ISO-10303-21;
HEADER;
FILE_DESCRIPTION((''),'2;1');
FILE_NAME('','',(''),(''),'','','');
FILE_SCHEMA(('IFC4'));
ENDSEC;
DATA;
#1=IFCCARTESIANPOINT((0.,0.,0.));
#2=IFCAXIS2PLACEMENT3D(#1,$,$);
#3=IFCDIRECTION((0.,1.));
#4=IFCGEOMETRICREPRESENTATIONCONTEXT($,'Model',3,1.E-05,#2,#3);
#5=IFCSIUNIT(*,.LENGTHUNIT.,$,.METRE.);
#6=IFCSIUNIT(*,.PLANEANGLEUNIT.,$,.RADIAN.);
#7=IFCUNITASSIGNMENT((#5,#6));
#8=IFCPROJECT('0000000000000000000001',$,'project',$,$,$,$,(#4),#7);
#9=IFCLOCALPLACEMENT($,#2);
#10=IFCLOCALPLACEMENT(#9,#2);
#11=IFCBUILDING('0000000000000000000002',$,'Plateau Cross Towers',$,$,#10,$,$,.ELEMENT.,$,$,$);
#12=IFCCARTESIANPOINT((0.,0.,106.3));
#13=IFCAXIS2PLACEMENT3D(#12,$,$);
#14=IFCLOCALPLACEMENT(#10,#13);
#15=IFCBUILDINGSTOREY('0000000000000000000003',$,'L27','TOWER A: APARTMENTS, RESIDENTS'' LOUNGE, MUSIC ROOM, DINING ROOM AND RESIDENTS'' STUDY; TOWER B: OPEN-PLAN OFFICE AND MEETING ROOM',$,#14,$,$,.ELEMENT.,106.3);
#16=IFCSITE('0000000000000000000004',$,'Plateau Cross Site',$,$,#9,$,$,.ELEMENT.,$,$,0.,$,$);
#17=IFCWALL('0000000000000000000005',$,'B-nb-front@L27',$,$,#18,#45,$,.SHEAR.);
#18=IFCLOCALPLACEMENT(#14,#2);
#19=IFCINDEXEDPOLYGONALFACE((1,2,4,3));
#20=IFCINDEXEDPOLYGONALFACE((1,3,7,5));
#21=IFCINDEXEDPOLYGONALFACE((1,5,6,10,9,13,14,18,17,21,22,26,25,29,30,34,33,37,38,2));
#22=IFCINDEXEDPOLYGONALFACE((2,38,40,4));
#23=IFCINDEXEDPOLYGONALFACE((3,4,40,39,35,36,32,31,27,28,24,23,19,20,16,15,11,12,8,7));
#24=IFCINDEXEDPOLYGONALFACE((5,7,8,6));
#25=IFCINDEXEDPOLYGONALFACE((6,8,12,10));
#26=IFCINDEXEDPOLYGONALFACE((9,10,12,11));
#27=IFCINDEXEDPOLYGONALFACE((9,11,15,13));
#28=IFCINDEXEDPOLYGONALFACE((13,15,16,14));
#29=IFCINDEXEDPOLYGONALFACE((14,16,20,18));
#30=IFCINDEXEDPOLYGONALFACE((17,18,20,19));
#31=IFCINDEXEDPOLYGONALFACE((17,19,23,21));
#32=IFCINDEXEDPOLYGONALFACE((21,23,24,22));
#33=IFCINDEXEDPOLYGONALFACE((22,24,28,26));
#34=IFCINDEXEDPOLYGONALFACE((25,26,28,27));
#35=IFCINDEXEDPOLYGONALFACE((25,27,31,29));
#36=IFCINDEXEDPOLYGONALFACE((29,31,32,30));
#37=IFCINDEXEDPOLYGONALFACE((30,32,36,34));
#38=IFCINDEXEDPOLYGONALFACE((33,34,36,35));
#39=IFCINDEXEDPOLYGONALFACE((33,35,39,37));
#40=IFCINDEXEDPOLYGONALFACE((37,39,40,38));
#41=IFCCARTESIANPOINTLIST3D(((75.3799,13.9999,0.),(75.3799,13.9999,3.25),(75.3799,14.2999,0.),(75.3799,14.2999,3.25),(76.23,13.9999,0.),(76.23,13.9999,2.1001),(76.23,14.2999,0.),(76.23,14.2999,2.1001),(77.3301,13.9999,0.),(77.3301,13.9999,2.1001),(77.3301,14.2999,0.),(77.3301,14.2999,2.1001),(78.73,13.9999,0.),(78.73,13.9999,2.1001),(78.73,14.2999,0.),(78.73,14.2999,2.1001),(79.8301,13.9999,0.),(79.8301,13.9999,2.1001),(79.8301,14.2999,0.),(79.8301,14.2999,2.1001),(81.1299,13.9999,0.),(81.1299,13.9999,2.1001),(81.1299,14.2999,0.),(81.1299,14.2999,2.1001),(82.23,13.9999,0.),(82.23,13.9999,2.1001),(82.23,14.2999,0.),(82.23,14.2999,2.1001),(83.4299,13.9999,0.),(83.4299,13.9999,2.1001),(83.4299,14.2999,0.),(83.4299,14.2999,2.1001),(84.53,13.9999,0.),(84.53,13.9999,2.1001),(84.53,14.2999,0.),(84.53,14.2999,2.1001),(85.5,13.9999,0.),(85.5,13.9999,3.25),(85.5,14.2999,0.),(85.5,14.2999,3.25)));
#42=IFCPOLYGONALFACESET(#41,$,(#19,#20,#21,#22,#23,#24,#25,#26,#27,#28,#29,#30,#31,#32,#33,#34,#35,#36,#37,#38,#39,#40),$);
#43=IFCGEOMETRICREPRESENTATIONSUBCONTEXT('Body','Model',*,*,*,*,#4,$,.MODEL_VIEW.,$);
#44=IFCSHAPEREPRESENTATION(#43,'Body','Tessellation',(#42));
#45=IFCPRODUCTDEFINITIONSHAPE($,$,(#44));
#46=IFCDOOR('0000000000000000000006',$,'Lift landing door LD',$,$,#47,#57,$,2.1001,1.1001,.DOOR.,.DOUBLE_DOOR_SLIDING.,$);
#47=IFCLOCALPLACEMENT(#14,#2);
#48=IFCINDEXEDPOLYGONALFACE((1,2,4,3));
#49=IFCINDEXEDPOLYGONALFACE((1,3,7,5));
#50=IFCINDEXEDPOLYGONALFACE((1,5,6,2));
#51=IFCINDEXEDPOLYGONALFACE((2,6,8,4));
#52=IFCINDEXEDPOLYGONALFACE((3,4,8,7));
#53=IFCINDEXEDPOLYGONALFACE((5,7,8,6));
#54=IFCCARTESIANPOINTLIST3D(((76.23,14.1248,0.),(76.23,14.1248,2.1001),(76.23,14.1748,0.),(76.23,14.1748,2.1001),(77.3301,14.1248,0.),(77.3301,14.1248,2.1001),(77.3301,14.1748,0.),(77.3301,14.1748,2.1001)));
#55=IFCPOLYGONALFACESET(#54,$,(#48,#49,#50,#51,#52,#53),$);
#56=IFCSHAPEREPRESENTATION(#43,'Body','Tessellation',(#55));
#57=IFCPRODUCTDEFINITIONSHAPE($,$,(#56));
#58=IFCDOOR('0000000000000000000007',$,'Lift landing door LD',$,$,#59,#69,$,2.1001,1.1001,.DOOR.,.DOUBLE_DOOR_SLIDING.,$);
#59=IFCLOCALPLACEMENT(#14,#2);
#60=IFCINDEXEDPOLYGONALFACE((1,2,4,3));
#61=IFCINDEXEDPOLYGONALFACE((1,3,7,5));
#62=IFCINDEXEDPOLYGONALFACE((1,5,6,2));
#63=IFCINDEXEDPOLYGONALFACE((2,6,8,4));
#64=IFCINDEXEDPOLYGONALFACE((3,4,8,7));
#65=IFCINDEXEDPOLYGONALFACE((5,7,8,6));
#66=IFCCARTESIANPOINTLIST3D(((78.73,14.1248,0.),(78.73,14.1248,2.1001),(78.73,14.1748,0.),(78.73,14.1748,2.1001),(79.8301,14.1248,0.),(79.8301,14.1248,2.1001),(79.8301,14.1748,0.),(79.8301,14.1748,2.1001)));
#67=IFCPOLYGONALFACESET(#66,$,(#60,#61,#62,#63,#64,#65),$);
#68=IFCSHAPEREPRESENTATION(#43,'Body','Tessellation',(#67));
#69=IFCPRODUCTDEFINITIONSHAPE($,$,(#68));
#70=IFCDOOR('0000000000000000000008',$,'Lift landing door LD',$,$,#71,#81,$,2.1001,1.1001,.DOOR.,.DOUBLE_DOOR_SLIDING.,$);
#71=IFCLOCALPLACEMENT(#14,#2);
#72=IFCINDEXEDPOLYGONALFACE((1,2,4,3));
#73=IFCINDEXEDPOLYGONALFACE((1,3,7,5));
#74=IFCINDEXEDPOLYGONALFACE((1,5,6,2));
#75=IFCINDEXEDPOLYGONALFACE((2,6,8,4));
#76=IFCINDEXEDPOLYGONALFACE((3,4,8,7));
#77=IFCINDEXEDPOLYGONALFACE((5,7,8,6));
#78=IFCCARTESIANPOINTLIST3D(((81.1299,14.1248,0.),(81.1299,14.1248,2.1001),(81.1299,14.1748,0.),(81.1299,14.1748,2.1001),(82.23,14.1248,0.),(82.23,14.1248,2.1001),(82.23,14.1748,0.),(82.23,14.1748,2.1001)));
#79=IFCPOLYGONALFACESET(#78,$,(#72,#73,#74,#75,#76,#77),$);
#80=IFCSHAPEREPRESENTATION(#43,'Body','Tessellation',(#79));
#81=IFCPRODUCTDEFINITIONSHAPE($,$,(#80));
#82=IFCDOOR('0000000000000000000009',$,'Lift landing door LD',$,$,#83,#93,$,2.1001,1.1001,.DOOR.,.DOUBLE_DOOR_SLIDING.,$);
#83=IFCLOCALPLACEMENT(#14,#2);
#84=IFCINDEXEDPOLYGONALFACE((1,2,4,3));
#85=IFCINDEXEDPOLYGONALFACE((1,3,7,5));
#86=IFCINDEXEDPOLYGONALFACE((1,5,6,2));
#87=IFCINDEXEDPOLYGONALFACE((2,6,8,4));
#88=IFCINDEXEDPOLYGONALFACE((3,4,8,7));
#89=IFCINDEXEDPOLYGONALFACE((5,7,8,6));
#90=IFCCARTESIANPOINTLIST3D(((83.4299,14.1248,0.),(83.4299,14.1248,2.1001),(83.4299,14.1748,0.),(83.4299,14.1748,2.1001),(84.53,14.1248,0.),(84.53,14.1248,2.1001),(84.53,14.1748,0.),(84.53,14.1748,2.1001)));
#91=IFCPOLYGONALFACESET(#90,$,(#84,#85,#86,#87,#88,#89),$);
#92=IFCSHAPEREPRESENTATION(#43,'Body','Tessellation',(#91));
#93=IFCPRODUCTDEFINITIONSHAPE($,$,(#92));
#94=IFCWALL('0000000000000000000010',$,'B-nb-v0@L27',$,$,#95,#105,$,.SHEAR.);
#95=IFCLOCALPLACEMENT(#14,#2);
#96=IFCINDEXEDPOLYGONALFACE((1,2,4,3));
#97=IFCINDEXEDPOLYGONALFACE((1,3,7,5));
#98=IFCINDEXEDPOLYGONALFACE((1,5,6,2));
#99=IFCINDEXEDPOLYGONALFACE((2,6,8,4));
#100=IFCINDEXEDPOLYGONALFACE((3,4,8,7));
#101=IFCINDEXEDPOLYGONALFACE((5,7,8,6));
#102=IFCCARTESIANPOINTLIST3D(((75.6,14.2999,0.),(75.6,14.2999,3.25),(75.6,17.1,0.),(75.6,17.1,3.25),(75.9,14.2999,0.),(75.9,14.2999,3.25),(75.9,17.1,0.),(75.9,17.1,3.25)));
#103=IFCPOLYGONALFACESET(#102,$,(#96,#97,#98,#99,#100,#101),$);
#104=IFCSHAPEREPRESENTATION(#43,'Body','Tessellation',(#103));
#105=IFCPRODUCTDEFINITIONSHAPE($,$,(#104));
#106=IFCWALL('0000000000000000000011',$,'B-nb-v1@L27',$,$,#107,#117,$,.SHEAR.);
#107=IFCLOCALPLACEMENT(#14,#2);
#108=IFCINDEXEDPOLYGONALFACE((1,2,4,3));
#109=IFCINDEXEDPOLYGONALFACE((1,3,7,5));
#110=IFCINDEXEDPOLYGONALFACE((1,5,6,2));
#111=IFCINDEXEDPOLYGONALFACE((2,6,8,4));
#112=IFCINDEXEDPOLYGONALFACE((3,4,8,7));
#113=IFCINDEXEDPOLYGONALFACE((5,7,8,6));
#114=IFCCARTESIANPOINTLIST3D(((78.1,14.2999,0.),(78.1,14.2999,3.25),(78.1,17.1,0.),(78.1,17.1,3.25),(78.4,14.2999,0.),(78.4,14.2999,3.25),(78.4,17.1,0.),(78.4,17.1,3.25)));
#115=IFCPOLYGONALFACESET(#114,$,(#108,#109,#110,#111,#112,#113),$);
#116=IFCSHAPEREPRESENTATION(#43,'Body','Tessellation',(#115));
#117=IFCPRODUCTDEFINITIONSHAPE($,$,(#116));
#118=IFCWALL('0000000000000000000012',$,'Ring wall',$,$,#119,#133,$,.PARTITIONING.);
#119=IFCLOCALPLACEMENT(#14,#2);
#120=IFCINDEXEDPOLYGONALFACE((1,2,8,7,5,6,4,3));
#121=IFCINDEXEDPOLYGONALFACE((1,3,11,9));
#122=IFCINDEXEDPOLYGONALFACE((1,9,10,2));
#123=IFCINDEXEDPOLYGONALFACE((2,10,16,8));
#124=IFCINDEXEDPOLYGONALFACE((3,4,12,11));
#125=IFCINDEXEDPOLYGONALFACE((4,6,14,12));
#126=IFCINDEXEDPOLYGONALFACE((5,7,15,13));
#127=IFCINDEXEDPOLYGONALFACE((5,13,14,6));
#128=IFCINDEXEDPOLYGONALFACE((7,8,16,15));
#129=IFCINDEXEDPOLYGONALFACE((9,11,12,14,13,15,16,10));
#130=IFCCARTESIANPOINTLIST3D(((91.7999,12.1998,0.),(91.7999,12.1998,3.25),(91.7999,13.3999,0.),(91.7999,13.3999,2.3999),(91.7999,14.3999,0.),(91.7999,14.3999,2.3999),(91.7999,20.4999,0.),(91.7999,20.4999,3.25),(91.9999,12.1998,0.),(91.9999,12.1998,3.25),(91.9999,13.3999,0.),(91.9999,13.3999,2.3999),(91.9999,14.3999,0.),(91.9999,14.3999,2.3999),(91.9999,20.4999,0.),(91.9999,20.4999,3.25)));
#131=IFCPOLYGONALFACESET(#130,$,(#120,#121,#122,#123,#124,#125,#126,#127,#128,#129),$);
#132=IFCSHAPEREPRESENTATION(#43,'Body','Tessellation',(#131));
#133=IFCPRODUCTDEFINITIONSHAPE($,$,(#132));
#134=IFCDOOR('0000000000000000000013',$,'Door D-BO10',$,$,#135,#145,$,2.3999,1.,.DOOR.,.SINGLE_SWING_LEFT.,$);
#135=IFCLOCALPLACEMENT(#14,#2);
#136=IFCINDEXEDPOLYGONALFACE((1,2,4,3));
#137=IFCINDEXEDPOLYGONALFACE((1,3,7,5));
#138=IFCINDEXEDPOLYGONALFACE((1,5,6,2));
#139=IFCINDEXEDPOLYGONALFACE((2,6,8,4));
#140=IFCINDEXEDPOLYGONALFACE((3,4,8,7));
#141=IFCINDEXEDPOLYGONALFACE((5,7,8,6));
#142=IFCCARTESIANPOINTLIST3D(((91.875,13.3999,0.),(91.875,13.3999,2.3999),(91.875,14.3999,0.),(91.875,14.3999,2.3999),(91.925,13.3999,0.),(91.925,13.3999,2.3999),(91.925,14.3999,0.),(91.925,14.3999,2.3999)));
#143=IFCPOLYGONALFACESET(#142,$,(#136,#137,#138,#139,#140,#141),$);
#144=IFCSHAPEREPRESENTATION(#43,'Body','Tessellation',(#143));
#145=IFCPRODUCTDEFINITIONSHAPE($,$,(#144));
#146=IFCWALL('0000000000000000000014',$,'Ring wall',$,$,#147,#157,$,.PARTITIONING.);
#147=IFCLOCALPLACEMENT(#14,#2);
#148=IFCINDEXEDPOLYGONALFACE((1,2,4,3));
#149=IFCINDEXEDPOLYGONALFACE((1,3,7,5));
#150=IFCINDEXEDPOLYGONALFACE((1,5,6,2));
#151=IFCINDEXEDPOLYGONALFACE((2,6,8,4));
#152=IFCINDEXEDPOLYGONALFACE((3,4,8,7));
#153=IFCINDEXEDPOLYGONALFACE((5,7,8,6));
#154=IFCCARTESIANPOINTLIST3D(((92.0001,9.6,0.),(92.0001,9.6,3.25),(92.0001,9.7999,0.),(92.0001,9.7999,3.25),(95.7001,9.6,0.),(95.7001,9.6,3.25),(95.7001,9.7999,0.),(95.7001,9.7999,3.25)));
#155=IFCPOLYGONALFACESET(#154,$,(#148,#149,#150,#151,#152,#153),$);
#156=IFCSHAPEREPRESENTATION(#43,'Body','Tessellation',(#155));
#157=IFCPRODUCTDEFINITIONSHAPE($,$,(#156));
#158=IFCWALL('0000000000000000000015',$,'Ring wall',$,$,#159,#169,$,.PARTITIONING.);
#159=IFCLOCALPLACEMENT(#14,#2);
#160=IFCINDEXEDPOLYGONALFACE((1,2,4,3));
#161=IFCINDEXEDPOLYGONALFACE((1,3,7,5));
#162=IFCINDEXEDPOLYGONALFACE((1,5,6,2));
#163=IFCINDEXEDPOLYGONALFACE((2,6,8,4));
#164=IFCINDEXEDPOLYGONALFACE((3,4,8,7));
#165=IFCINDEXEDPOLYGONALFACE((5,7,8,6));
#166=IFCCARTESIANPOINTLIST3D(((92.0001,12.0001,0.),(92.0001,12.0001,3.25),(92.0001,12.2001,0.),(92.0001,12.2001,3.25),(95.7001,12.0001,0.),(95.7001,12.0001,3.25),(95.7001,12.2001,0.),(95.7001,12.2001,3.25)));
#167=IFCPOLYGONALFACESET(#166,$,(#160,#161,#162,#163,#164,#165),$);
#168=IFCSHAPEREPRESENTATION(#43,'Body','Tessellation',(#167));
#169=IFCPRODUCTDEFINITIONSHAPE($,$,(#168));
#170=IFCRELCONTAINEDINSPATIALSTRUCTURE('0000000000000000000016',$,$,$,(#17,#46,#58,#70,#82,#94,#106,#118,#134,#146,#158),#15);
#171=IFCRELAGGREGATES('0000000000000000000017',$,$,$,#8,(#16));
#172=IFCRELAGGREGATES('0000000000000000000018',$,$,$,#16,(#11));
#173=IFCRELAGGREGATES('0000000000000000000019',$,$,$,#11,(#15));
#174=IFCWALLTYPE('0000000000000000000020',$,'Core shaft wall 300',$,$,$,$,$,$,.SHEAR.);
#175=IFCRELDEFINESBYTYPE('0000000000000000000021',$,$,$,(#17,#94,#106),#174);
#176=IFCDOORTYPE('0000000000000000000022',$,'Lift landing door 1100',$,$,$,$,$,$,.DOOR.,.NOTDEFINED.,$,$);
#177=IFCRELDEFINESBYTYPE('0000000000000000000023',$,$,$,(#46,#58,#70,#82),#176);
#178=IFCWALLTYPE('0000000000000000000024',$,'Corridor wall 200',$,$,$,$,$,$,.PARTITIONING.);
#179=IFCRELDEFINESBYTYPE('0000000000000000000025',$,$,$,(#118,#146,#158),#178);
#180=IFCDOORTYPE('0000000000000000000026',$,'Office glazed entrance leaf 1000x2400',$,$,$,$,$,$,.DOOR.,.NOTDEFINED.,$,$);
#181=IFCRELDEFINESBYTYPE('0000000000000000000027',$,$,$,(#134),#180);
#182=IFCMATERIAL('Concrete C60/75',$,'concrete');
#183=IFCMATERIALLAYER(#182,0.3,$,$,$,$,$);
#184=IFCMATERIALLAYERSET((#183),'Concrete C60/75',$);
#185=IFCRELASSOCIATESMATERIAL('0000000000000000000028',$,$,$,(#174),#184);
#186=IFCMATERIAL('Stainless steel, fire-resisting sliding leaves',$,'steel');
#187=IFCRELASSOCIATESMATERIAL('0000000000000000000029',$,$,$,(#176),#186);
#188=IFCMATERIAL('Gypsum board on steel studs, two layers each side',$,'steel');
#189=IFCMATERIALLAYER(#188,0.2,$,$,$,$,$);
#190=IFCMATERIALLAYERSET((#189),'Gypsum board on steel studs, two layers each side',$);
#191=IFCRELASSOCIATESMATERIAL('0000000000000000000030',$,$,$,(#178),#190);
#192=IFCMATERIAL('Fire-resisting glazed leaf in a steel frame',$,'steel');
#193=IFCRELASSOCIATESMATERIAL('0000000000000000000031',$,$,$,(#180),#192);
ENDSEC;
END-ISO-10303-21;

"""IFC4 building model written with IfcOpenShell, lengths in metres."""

from ifc_helpers import new_model, si_unit, direction, frame, frame_2d, origin, place, context, subcontext, project, spatial, rectangle, extrude, material, layer, layer_set, type_object, element, fill, save


model = new_model("IFC4")

# Units and contexts
model_context = context("Model", 3, precision=1e-05, world=origin(), true_north=direction((0.0, 1.0)))
body_context = subcontext(model_context, "Body", "Model", "MODEL_VIEW")
ifc_project = project(units=[si_unit("LENGTHUNIT", "METRE"), si_unit("PLANEANGLEUNIT", "RADIAN")], contexts=[model_context])

# Site, building, storey
site_placement = place(None, origin())
site = spatial("IfcSite", under=ifc_project, at=site_placement, Name="Plateau Cross Site", CompositionType="ELEMENT", RefElevation=0.0)
building_placement = place(site_placement, origin())
building = spatial("IfcBuilding", under=site, at=building_placement, Name="Plateau Cross Towers", CompositionType="ELEMENT")
storey_placement = place(building_placement, frame((0.0, 0.0, 106.3)))
storey = spatial("IfcBuildingStorey", under=building, at=storey_placement, Name="L27", Description="TOWER A: APARTMENTS, RESIDENTS' LOUNGE, MUSIC ROOM, DINING ROOM AND RESIDENTS' STUDY; TOWER B: OPEN-PLAN OFFICE AND MEETING ROOM", CompositionType="ELEMENT", Elevation=106.3)

# Shared definitions
ifc_material_1 = material(Name="Concrete C60/75", Category="concrete")

# Wall, openings, doors
ifc_layer_1 = layer(ifc_material_1, 0.3)
ifc_layer_set_1 = layer_set([ifc_layer_1], Name="Concrete C60/75")
wall_type_1 = type_object("IfcWallType", Name="Core shaft wall 300", PredefinedType="SHEAR", material=ifc_layer_set_1)
wall_1_placement = place(storey_placement, frame((75.3799, 14.1499, 0.0), z_axis=(0.0, 0.0, 1.0), x_axis=(1.0, 0.0, 0.0)))
wall_1 = element("IfcWall", 1, at=wall_1_placement, inside=storey, type_object=wall_type_1, Name="B-nb-front@L27", PredefinedType="SHEAR", context=body_context, shape_type="SweptSolid", body=[
    extrude(rectangle(XDim=10.1201, YDim=0.3, at=frame_2d((5.0601, 0.0))), origin(), (0.0, 0.0, 1.0), 3.25),
])
opening_1_placement = place(wall_1_placement, frame((0.8501, 0.0, 0.0)))
opening_1 = element("IfcOpeningElement", 2, at=opening_1_placement, cuts=wall_1, PredefinedType="OPENING", context=body_context, shape_type="SweptSolid", body=[
    extrude(rectangle(XDim=1.1001, YDim=2.1001, at=frame_2d((0.55, 1.05))), frame((0.0, 0.1599, 0.0), z_axis=(0.0, -1.0, 0.0), x_axis=(1.0, 0.0, 0.0)), (0.0, 0.0, 1.0), 0.3201),
])
opening_2_placement = place(wall_1_placement, frame((3.3501, 0.0, 0.0)))
opening_2 = element("IfcOpeningElement", 3, at=opening_2_placement, cuts=wall_1, PredefinedType="OPENING", context=body_context, shape_type="SweptSolid", body=[
    extrude(rectangle(XDim=1.1001, YDim=2.1001, at=frame_2d((0.55, 1.05))), frame((0.0, 0.1599, 0.0), z_axis=(0.0, -1.0, 0.0), x_axis=(1.0, 0.0, 0.0)), (0.0, 0.0, 1.0), 0.3201),
])
opening_3_placement = place(wall_1_placement, frame((5.75, 0.0, 0.0)))
opening_3 = element("IfcOpeningElement", 4, at=opening_3_placement, cuts=wall_1, PredefinedType="OPENING", context=body_context, shape_type="SweptSolid", body=[
    extrude(rectangle(XDim=1.1001, YDim=2.1001, at=frame_2d((0.55, 1.05))), frame((0.0, 0.1599, 0.0), z_axis=(0.0, -1.0, 0.0), x_axis=(1.0, 0.0, 0.0)), (0.0, 0.0, 1.0), 0.3201),
])
opening_4_placement = place(wall_1_placement, frame((8.05, 0.0, 0.0)))
opening_4 = element("IfcOpeningElement", 5, at=opening_4_placement, cuts=wall_1, PredefinedType="OPENING", context=body_context, shape_type="SweptSolid", body=[
    extrude(rectangle(XDim=1.1001, YDim=2.1001, at=frame_2d((0.55, 1.05))), frame((0.0, 0.1599, 0.0), z_axis=(0.0, -1.0, 0.0), x_axis=(1.0, 0.0, 0.0)), (0.0, 0.0, 1.0), 0.3201),
])
ifc_material_2 = material(Name="Stainless steel, fire-resisting sliding leaves", Category="steel")
door_type_1 = type_object("IfcDoorType", Name="Lift landing door 1100", OperationType="NOTDEFINED", PredefinedType="DOOR", material=ifc_material_2)
door_1_placement = place(opening_1_placement, origin())
door_1 = element("IfcDoor", 6, at=door_1_placement, inside=storey, type_object=door_type_1, Name="Lift landing door LD", OperationType="DOUBLE_DOOR_SLIDING", OverallHeight=2.1001, OverallWidth=1.1001, PredefinedType="DOOR", context=body_context, shape_type="SweptSolid", body=[
    extrude(rectangle(XDim=1.1001, YDim=2.1001, at=frame_2d((0.55, 1.05))), frame((0.0, 0.0249, 0.0), z_axis=(0.0, -1.0, 0.0), x_axis=(1.0, 0.0, 0.0)), (0.0, 0.0, 1.0), 0.05),
])
fill(opening_1, door_1)
door_2_placement = place(opening_2_placement, origin())
door_2 = element("IfcDoor", 7, at=door_2_placement, inside=storey, type_object=door_type_1, Name="Lift landing door LD", OperationType="DOUBLE_DOOR_SLIDING", OverallHeight=2.1001, OverallWidth=1.1001, PredefinedType="DOOR", context=body_context, shape_type="SweptSolid", body=[
    extrude(rectangle(XDim=1.1001, YDim=2.1001, at=frame_2d((0.55, 1.05))), frame((0.0, 0.0249, 0.0), z_axis=(0.0, -1.0, 0.0), x_axis=(1.0, 0.0, 0.0)), (0.0, 0.0, 1.0), 0.05),
])
fill(opening_2, door_2)
door_3_placement = place(opening_3_placement, origin())
door_3 = element("IfcDoor", 8, at=door_3_placement, inside=storey, type_object=door_type_1, Name="Lift landing door LD", OperationType="DOUBLE_DOOR_SLIDING", OverallHeight=2.1001, OverallWidth=1.1001, PredefinedType="DOOR", context=body_context, shape_type="SweptSolid", body=[
    extrude(rectangle(XDim=1.1001, YDim=2.1001, at=frame_2d((0.55, 1.05))), frame((0.0, 0.0249, 0.0), z_axis=(0.0, -1.0, 0.0), x_axis=(1.0, 0.0, 0.0)), (0.0, 0.0, 1.0), 0.05),
])
fill(opening_3, door_3)
door_4_placement = place(opening_4_placement, origin())
door_4 = element("IfcDoor", 9, at=door_4_placement, inside=storey, type_object=door_type_1, Name="Lift landing door LD", OperationType="DOUBLE_DOOR_SLIDING", OverallHeight=2.1001, OverallWidth=1.1001, PredefinedType="DOOR", context=body_context, shape_type="SweptSolid", body=[
    extrude(rectangle(XDim=1.1001, YDim=2.1001, at=frame_2d((0.55, 1.05))), frame((0.0, 0.0249, 0.0), z_axis=(0.0, -1.0, 0.0), x_axis=(1.0, 0.0, 0.0)), (0.0, 0.0, 1.0), 0.05),
])
fill(opening_4, door_4)

# Walls
for number, where, z_axis, x_axis, name in (
    (10, (75.75, 14.3, 0.0), (0.0, 0.0, 1.0), (0.0, 1.0, 0.0), "B-nb-v0@L27"),
    (11, (78.25, 14.3, 0.0), (0.0, 0.0, 1.0), (0.0, 1.0, 0.0), "B-nb-v1@L27"),
):
    element("IfcWall", number, at=place(storey_placement, frame(where, z_axis=z_axis, x_axis=x_axis)), inside=storey, type_object=wall_type_1, Name=name, PredefinedType="SHEAR", context=body_context, shape_type="SweptSolid", body=[
        extrude(rectangle(XDim=2.8, YDim=0.3, at=frame_2d((1.3999, 0.0))), origin(), (0.0, 0.0, 1.0), 3.25),
    ])

# Wall, opening, door
ifc_material_3 = material(Name="Gypsum board on steel studs, two layers each side", Category="steel")
ifc_layer_2 = layer(ifc_material_3, 0.2)
ifc_layer_set_2 = layer_set([ifc_layer_2], Name="Gypsum board on steel studs, two layers each side")
wall_type_2 = type_object("IfcWallType", Name="Corridor wall 200", PredefinedType="PARTITIONING", material=ifc_layer_set_2)
wall_2_placement = place(storey_placement, frame((91.8999, 12.2, 0.0), z_axis=(0.0, 0.0, 1.0), x_axis=(0.0, 1.0, 0.0)))
wall_2 = element("IfcWall", 12, at=wall_2_placement, inside=storey, type_object=wall_type_2, Name="Ring wall", PredefinedType="PARTITIONING", context=body_context, shape_type="SweptSolid", body=[
    extrude(rectangle(XDim=8.3, YDim=0.2, at=frame_2d((4.1499, 0.0))), origin(), (0.0, 0.0, 1.0), 3.25),
])
opening_5_placement = place(wall_2_placement, frame((1.2, 0.0, 0.0)))
opening_5 = element("IfcOpeningElement", 13, at=opening_5_placement, cuts=wall_2, PredefinedType="OPENING", context=body_context, shape_type="SweptSolid", body=[
    extrude(rectangle(XDim=1.0, YDim=2.3999, at=frame_2d((0.5, 1.2))), frame((0.0, 0.1099, 0.0), z_axis=(0.0, -1.0, 0.0), x_axis=(1.0, 0.0, 0.0)), (0.0, 0.0, 1.0), 0.22),
])
ifc_material_4 = material(Name="Fire-resisting glazed leaf in a steel frame", Category="steel")
door_type_2 = type_object("IfcDoorType", Name="Office glazed entrance leaf 1000x2400", OperationType="NOTDEFINED", PredefinedType="DOOR", material=ifc_material_4)
door_5_placement = place(opening_5_placement, origin())
door_5 = element("IfcDoor", 14, at=door_5_placement, inside=storey, type_object=door_type_2, Name="Door D-BO10", OperationType="SINGLE_SWING_LEFT", OverallHeight=2.3999, OverallWidth=1.0, PredefinedType="DOOR", context=body_context, shape_type="SweptSolid", body=[
    extrude(rectangle(XDim=1.0, YDim=2.3999, at=frame_2d((0.5, 1.2))), frame((0.0, 0.0249, 0.0), z_axis=(0.0, -1.0, 0.0), x_axis=(1.0, 0.0, 0.0)), (0.0, 0.0, 1.0), 0.05),
])
fill(opening_5, door_5)

# Walls
for number, where, z_axis, x_axis, name in (
    (15, (92.0, 9.7, 0.0), (0.0, 0.0, 1.0), (1.0, 0.0, 0.0), "Ring wall"),
    (16, (92.0, 12.1001, 0.0), (0.0, 0.0, 1.0), (1.0, 0.0, 0.0), "Ring wall"),
):
    element("IfcWall", number, at=place(storey_placement, frame(where, z_axis=z_axis, x_axis=x_axis)), inside=storey, type_object=wall_type_2, Name=name, PredefinedType="PARTITIONING", context=body_context, shape_type="SweptSolid", body=[
        extrude(rectangle(XDim=3.7, YDim=0.2, at=frame_2d((1.8501, 0.0))), origin(), (0.0, 0.0, 1.0), 3.25),
    ])

save(model, "model.ifc")
